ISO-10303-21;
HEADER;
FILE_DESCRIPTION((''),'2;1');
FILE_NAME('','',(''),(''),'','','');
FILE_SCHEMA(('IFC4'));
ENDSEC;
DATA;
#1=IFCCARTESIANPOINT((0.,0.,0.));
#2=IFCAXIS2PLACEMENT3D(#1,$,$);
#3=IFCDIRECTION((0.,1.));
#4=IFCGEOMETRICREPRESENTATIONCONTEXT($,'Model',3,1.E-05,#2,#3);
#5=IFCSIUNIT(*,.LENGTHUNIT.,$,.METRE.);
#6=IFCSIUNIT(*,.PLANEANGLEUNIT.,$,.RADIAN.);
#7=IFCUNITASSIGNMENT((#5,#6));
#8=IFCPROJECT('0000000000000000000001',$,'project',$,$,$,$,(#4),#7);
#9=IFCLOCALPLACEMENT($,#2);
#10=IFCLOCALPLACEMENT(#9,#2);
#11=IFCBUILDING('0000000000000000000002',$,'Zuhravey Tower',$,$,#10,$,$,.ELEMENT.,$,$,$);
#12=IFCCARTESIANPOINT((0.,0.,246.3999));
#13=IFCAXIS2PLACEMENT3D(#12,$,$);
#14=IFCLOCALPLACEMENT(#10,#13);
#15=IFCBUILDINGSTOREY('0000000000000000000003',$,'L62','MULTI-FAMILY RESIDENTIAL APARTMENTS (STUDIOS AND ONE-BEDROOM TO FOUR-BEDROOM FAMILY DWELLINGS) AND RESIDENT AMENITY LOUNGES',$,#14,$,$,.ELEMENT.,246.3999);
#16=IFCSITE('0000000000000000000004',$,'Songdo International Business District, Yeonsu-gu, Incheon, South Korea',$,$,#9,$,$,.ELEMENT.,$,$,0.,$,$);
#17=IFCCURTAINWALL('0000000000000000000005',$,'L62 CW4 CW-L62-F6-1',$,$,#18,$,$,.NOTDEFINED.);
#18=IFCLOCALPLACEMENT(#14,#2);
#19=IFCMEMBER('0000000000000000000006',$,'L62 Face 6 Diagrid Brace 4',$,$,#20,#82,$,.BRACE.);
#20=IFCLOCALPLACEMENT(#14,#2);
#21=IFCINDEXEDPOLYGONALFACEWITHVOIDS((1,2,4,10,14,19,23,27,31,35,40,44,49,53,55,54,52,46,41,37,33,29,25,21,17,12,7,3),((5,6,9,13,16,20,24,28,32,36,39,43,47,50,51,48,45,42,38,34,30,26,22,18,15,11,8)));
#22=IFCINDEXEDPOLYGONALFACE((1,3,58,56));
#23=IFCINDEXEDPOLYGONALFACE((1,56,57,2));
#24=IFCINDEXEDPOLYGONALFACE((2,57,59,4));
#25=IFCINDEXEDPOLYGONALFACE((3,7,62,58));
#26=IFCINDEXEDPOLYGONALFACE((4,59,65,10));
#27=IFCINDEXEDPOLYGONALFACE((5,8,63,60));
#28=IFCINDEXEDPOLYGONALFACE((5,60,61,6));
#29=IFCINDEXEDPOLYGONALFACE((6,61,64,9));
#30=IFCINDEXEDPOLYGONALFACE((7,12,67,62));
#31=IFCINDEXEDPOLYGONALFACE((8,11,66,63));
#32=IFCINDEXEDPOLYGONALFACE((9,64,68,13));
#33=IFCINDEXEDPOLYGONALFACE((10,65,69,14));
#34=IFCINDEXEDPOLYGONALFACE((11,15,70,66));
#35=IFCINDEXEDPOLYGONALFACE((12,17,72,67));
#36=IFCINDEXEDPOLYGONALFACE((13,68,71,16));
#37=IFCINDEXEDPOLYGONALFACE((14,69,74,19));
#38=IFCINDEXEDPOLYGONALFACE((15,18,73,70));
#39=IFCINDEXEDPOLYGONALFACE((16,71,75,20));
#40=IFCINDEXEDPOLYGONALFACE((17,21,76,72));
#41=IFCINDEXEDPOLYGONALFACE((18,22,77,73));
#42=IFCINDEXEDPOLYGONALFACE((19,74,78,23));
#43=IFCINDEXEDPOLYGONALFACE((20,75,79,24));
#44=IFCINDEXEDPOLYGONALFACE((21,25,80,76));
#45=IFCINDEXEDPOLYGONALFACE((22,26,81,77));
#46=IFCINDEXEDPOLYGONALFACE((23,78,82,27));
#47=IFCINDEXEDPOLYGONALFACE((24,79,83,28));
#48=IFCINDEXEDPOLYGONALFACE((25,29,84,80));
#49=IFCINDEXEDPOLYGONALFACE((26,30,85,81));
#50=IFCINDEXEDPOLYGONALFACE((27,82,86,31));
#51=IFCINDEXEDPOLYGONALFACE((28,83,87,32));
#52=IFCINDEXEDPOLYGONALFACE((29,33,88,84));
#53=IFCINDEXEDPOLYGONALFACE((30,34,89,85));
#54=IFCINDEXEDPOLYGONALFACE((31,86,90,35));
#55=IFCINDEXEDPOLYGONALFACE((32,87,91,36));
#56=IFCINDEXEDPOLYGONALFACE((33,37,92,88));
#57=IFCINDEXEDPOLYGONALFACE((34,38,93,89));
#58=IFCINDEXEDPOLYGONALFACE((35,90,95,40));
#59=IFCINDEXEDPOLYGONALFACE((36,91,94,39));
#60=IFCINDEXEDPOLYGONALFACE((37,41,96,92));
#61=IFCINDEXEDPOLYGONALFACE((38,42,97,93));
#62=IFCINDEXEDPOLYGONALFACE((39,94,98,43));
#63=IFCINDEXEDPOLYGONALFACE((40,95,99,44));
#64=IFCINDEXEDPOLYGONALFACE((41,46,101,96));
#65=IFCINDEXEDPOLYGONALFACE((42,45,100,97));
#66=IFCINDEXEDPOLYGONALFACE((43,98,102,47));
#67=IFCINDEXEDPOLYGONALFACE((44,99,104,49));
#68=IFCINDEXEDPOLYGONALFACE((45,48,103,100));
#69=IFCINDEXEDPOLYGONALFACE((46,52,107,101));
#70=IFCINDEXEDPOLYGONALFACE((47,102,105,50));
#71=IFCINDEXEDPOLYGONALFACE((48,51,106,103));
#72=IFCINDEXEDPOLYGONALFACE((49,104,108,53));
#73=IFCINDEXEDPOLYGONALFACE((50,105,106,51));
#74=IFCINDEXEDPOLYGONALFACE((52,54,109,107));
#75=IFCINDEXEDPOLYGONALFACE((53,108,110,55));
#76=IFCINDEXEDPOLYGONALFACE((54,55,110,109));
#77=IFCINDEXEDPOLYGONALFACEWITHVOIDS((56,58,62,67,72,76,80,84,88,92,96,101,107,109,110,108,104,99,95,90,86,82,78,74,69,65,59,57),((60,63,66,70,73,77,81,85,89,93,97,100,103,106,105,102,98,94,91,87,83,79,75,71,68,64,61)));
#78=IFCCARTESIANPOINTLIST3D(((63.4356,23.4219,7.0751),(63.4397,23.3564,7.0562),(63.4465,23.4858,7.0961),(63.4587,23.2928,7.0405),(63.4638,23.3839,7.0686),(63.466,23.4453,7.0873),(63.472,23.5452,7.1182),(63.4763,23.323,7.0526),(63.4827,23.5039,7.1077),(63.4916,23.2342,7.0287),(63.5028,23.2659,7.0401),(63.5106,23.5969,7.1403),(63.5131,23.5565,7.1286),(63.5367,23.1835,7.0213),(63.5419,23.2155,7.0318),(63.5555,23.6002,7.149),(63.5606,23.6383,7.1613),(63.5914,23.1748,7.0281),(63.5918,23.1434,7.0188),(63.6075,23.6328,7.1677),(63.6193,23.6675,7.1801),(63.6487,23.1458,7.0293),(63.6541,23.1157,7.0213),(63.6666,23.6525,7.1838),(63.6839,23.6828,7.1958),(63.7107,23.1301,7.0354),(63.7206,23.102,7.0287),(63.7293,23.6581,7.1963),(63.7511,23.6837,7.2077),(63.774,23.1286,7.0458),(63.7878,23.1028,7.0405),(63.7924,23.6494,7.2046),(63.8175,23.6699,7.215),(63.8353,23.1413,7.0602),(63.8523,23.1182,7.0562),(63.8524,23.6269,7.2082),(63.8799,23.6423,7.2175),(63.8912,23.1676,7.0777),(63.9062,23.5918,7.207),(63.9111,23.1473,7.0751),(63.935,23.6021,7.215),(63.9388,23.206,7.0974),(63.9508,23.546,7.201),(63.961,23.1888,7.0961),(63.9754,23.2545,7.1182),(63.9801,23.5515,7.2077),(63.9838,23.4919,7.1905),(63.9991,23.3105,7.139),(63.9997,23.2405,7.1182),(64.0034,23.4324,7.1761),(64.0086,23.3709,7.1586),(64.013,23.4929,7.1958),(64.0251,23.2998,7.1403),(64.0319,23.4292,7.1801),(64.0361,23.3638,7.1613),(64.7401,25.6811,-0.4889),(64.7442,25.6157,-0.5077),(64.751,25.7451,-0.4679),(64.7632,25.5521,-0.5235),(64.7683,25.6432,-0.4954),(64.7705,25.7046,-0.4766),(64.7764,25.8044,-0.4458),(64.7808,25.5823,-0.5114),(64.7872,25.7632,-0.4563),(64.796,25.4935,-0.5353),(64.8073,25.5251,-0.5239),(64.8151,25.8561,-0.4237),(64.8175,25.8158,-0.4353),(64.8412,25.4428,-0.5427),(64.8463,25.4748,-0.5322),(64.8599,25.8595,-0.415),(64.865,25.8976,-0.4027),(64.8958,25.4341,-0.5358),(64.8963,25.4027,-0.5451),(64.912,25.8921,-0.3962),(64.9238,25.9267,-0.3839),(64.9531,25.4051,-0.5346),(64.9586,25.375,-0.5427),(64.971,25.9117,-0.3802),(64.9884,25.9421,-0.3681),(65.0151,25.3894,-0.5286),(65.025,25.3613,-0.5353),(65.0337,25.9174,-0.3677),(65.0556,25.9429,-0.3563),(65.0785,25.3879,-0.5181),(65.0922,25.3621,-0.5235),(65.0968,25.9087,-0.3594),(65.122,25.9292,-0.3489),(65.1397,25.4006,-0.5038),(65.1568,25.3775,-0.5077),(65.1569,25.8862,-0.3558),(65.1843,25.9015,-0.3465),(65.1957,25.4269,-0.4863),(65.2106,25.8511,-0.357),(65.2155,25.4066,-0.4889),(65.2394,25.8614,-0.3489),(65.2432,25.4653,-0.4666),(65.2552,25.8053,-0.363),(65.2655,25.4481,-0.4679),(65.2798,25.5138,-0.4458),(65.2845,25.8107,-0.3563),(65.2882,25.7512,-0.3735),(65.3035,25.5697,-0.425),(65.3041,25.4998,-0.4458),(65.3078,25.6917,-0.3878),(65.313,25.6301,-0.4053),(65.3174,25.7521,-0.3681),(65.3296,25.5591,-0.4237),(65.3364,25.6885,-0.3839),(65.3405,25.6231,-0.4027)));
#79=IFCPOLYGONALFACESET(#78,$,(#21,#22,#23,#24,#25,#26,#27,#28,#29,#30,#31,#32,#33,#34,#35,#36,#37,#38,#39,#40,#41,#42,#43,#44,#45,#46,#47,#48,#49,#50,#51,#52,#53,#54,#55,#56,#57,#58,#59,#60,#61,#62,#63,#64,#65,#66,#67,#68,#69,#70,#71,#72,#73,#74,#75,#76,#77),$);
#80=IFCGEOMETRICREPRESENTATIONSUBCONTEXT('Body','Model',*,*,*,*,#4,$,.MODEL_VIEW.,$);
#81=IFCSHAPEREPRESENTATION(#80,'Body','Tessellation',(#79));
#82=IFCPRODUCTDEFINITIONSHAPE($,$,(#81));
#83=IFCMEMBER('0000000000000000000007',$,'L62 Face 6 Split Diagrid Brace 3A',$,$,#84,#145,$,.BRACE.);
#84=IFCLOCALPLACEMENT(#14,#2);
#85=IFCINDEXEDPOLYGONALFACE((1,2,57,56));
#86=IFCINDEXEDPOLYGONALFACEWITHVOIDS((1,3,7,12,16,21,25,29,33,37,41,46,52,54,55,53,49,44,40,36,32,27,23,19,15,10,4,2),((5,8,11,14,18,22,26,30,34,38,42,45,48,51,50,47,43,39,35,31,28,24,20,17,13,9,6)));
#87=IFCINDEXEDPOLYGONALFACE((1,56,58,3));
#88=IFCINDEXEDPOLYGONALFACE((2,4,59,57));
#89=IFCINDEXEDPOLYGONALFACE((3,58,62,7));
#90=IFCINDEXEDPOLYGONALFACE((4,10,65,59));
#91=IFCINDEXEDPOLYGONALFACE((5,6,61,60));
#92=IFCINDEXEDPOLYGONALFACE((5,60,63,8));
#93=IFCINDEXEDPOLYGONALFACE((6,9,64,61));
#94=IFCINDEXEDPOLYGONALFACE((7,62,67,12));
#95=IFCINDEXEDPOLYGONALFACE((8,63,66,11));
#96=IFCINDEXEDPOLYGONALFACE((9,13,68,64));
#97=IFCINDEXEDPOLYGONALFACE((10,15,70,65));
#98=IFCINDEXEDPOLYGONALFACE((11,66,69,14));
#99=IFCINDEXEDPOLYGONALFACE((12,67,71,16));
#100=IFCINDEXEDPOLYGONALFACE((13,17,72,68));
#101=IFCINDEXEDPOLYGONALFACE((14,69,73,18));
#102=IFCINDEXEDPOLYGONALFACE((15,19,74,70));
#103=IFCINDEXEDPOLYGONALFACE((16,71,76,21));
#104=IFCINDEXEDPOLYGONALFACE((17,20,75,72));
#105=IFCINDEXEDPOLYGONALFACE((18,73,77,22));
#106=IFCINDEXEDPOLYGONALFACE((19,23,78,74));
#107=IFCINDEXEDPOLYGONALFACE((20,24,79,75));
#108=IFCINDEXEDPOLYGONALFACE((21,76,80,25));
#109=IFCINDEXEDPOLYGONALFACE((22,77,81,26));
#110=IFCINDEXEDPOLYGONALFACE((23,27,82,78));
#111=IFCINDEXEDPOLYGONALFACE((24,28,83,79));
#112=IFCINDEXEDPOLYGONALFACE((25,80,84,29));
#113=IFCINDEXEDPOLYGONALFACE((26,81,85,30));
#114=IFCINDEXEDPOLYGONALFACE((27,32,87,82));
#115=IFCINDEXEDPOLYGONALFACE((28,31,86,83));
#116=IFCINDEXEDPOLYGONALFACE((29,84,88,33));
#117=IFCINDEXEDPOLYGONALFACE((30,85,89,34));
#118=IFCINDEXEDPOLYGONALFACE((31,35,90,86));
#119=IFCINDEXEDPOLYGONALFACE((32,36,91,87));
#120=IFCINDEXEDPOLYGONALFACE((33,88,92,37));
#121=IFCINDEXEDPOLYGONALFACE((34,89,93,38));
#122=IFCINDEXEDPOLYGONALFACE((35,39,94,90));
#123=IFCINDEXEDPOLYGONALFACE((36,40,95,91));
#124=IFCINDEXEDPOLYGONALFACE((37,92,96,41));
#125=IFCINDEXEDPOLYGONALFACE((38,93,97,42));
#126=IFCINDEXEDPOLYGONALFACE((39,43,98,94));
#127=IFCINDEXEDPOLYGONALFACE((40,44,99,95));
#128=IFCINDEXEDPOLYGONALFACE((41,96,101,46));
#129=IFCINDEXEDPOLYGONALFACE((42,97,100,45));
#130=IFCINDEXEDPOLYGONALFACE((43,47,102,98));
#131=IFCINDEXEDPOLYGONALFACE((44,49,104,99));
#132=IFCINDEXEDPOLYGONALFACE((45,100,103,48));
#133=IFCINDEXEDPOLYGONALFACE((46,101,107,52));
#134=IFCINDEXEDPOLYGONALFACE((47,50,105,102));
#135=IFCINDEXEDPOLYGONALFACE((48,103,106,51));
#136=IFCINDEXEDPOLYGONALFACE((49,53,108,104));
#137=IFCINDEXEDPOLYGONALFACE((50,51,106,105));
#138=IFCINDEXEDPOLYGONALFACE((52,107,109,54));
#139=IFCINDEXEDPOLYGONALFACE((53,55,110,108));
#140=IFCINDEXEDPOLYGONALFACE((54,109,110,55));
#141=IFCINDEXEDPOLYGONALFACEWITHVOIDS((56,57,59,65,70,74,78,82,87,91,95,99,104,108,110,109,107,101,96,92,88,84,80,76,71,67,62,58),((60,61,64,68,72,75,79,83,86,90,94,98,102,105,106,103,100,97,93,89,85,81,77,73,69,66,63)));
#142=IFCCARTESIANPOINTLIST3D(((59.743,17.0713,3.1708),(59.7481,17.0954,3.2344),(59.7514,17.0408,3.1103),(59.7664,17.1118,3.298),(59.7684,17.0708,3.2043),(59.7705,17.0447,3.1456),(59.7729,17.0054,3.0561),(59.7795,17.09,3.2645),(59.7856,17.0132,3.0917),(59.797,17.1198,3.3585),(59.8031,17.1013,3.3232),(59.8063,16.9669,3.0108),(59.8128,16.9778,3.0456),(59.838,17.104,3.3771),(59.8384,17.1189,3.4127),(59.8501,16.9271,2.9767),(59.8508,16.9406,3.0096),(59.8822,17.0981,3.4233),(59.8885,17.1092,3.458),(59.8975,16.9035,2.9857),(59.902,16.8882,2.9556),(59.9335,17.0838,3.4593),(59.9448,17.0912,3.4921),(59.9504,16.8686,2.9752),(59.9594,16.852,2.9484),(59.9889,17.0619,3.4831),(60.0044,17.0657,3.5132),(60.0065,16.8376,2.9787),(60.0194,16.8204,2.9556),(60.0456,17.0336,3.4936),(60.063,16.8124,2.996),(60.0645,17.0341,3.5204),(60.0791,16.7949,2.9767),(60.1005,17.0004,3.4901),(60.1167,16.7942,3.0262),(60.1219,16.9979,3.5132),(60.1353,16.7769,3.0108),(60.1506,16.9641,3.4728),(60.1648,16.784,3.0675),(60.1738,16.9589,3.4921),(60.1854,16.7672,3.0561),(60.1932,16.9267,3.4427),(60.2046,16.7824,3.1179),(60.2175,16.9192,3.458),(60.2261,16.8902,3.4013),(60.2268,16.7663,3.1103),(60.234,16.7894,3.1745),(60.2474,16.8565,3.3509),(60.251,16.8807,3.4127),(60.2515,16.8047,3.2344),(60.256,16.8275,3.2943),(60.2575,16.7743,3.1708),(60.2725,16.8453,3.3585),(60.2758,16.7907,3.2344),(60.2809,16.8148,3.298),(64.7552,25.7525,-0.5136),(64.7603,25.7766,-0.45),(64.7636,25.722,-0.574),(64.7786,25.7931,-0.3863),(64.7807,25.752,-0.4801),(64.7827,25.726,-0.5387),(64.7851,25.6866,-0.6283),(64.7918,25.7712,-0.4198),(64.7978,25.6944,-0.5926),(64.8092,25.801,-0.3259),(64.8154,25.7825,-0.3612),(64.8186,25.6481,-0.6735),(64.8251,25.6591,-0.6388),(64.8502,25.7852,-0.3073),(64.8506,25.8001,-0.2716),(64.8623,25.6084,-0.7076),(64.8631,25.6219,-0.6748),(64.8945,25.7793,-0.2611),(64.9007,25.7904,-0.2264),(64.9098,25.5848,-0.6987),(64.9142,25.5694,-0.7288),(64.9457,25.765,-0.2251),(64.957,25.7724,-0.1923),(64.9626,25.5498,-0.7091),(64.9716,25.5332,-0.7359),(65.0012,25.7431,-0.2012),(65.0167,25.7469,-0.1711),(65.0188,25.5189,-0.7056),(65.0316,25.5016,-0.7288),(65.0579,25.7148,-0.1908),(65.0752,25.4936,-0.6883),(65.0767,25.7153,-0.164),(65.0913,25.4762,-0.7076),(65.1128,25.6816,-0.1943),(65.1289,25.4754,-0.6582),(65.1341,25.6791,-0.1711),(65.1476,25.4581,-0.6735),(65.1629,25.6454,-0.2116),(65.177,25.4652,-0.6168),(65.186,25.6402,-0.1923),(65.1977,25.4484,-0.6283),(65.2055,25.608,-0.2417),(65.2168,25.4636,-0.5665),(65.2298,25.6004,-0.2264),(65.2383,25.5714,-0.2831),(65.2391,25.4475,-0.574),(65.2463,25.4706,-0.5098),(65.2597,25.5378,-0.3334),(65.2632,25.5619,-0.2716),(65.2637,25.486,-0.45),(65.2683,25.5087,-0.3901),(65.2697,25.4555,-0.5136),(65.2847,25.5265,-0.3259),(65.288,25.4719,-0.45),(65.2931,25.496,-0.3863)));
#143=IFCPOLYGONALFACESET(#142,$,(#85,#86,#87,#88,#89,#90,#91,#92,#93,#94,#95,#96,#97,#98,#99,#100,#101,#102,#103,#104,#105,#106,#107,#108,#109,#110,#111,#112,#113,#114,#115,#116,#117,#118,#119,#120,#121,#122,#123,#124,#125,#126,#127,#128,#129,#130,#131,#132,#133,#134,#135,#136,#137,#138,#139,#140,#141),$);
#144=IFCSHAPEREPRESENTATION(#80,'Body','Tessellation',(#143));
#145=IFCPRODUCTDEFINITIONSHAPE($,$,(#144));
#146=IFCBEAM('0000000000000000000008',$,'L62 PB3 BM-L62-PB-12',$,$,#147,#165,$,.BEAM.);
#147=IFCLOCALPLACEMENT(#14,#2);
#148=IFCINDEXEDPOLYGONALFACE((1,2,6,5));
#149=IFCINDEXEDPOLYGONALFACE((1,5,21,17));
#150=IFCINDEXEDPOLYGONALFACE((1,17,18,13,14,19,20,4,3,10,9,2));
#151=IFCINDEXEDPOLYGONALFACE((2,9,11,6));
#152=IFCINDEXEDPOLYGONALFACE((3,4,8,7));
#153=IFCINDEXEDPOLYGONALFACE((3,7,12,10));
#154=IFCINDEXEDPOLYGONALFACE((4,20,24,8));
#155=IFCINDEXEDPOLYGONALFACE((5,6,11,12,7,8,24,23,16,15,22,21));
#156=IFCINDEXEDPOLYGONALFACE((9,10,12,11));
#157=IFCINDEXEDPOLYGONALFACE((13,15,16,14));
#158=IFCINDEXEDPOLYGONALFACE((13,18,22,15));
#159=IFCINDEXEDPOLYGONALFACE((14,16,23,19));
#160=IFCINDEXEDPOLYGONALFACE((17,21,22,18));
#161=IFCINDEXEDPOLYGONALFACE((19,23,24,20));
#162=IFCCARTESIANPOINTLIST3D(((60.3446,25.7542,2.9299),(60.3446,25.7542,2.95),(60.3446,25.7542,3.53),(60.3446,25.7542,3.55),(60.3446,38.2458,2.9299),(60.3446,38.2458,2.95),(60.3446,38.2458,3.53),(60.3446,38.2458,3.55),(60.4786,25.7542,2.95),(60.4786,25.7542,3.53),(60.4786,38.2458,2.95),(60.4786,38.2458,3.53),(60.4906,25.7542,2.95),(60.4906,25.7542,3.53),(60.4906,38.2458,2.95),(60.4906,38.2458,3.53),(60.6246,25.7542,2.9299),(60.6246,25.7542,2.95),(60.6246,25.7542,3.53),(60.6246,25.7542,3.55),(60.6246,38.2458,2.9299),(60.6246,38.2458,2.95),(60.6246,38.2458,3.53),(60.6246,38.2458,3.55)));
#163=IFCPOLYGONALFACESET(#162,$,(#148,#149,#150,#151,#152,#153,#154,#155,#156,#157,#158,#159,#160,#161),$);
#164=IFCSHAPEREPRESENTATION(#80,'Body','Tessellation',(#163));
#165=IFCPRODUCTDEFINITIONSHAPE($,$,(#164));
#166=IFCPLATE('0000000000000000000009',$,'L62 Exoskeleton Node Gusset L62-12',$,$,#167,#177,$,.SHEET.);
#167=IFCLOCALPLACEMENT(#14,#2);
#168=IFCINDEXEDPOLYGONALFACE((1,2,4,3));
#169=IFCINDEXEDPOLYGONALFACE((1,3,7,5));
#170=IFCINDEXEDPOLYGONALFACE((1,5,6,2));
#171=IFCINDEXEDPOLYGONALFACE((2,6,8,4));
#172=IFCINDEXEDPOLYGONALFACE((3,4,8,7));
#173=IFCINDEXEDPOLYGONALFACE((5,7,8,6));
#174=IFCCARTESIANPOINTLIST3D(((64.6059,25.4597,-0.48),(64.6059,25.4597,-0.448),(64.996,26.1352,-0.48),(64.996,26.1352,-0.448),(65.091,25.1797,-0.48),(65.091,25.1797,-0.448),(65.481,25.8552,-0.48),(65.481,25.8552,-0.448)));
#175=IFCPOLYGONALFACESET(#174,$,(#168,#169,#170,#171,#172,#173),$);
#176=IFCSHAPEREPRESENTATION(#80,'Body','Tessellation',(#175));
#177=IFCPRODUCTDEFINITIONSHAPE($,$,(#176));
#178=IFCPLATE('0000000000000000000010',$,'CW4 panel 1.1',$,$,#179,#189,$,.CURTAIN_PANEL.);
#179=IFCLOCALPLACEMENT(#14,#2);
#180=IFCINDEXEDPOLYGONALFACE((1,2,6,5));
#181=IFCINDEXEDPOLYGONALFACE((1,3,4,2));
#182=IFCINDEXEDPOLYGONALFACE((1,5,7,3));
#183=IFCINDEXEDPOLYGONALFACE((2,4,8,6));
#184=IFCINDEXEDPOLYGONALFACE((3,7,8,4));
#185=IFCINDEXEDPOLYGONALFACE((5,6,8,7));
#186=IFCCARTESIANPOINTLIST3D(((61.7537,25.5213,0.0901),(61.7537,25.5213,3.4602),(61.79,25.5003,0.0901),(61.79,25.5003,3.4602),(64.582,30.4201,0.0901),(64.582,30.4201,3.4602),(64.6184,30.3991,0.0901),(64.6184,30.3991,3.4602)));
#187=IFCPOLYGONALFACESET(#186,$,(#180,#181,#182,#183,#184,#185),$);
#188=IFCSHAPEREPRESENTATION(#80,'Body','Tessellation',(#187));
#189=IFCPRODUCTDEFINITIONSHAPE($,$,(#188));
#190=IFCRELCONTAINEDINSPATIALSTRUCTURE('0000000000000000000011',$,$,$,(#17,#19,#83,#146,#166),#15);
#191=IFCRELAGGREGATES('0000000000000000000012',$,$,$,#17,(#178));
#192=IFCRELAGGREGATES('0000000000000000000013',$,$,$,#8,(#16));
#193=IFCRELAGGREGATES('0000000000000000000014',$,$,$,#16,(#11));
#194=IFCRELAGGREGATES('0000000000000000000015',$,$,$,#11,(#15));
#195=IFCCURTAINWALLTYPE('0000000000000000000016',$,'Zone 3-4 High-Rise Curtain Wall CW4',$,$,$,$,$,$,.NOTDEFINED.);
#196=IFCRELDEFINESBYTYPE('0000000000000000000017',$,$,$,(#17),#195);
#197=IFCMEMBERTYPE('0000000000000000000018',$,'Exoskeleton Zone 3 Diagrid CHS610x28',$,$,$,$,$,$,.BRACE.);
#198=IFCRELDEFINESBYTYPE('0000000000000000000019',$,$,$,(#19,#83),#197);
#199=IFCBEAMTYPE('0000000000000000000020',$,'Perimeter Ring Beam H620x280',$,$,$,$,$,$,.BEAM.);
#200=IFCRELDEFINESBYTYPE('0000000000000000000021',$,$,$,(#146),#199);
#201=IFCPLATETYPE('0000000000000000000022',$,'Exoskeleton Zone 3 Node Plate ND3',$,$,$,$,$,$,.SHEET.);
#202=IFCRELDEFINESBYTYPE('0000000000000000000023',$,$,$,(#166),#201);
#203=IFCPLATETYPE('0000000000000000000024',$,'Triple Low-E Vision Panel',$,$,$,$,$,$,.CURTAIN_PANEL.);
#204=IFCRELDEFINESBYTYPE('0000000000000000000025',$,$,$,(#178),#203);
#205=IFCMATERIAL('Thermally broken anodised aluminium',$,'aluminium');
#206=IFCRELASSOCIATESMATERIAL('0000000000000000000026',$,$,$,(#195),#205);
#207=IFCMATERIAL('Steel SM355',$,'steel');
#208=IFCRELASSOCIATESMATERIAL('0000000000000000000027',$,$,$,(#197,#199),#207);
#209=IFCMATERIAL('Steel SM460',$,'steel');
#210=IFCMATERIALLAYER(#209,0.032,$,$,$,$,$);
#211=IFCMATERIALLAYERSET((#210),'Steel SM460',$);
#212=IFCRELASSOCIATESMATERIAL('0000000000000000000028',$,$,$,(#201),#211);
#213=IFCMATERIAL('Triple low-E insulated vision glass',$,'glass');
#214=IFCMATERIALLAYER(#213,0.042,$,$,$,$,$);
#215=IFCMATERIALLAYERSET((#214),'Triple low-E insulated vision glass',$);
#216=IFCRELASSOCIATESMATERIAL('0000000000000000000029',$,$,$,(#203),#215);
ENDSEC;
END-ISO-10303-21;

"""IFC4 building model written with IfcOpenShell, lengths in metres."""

from ifc_helpers import new_model, si_unit, direction, frame, origin, origin_2d, place, context, subcontext, project, spatial, rectangle, hollow_circle, i_section, extrude, material, layer, layer_set, material_profile, profile_set, type_object, element, aggregate, save


model = new_model("IFC4")

# Units and contexts
model_context = context("Model", 3, precision=1e-05, world=origin(), true_north=direction((0.0, 1.0)))
body_context = subcontext(model_context, "Body", "Model", "MODEL_VIEW")
ifc_project = project(units=[si_unit("LENGTHUNIT", "METRE"), si_unit("PLANEANGLEUNIT", "RADIAN")], contexts=[model_context])

# Site, building, storey
site_placement = place(None, origin())
site = spatial("IfcSite", under=ifc_project, at=site_placement, Name="Songdo International Business District, Yeonsu-gu, Incheon, South Korea", CompositionType="ELEMENT", RefElevation=0.0)
building_placement = place(site_placement, origin())
building = spatial("IfcBuilding", under=site, at=building_placement, Name="Zuhravey Tower", CompositionType="ELEMENT")
storey_placement = place(building_placement, frame((0.0, 0.0, 246.3999)))
storey = spatial("IfcBuildingStorey", under=building, at=storey_placement, Name="L62", Description="MULTI-FAMILY RESIDENTIAL APARTMENTS (STUDIOS AND ONE-BEDROOM TO FOUR-BEDROOM FAMILY DWELLINGS) AND RESIDENT AMENITY LOUNGES", CompositionType="ELEMENT", Elevation=246.3999)

# Curtain wall
ifc_material_1 = material(Name="Thermally broken anodised aluminium", Category="aluminium")
curtain_wall_type = type_object("IfcCurtainWallType", Name="Zone 3-4 High-Rise Curtain Wall CW4", PredefinedType="NOTDEFINED", material=ifc_material_1)
curtain_wall_placement = place(storey_placement, origin())
curtain_wall = element("IfcCurtainWall", 1, at=curtain_wall_placement, inside=storey, type_object=curtain_wall_type, Name="L62 CW4 CW-L62-F6-1", PredefinedType="NOTDEFINED")

# Members
ifc_material_2 = material(Name="Steel SM355", Category="steel")
ifc_material_profile_1 = material_profile(ifc_material_2, hollow_circle(Radius=0.3047, WallThickness=0.0281, at=origin_2d()), Name="CHS-609.6x28")
ifc_profile_set_1 = profile_set([ifc_material_profile_1], Name="Steel SM355")
member_type_1 = type_object("IfcMemberType", Name="Exoskeleton Zone 3 Diagrid CHS610x28", PredefinedType="BRACE", material=ifc_profile_set_1)
member_1_placement = place(storey_placement, frame((65.0403, 25.6521, -0.4458), z_axis=(-0.163031, -0.282367, 0.945352), x_axis=(0.866017, -0.500014, 0.0)))
element("IfcMember", 2, at=member_1_placement, inside=storey, type_object=member_type_1, Name="L62 Face 6 Diagrid Brace 4", PredefinedType="BRACE", context=body_context, shape_type="SweptSolid", body=[
    extrude(hollow_circle(Radius=0.3047, WallThickness=0.0281, at=origin_2d()), origin(), (0.0, 0.0, 1.0), 8.0012),
])
member_2_placement = place(storey_placement, frame((65.0242, 25.6243, -0.45), z_axis=(-0.469315, -0.812855, 0.34498), x_axis=(0.866019, -0.500011, 0.0)))
element("IfcMember", 3, at=member_2_placement, inside=storey, type_object=member_type_1, Name="L62 Face 6 Split Diagrid Brace 3A", PredefinedType="BRACE", context=body_context, shape_type="SweptSolid", body=[
    extrude(hollow_circle(Radius=0.3047, WallThickness=0.0281, at=origin_2d()), origin(), (0.0, 0.0, 1.0), 10.6799),
])

# Beam
ifc_material_profile_2 = material_profile(ifc_material_2, i_section(OverallWidth=0.28, OverallDepth=0.6201, WebThickness=0.012, FlangeThickness=0.02, at=origin_2d()), Name="H-620x280x12x20")
ifc_profile_set_2 = profile_set([ifc_material_profile_2], Name="Steel SM355")
beam_type = type_object("IfcBeamType", Name="Perimeter Ring Beam H620x280", PredefinedType="BEAM", material=ifc_profile_set_2)
beam_placement = place(storey_placement, frame((60.4846, 25.7542, 3.24), z_axis=(0.0, 1.0, 0.0), x_axis=(-1.0, 0.0, 0.0)))
element("IfcBeam", 4, at=beam_placement, inside=storey, type_object=beam_type, Name="L62 PB3 BM-L62-PB-12", PredefinedType="BEAM", context=body_context, shape_type="SweptSolid", body=[
    extrude(i_section(OverallWidth=0.28, OverallDepth=0.6201, WebThickness=0.012, FlangeThickness=0.02, at=origin_2d()), origin(), (0.0, 0.0, 1.0), 12.4917),
])

# Plates
ifc_material_3 = material(Name="Steel SM460", Category="steel")
ifc_layer_1 = layer(ifc_material_3, 0.032)
ifc_layer_set_1 = layer_set([ifc_layer_1], Name="Steel SM460")
plate_type_1 = type_object("IfcPlateType", Name="Exoskeleton Zone 3 Node Plate ND3", PredefinedType="SHEET", material=ifc_layer_set_1)
plate_1_placement = place(storey_placement, frame((65.0435, 25.6575, -0.48), z_axis=(0.0, 0.0, 1.0), x_axis=(0.5, 0.866025, 0.0)))
element("IfcPlate", 5, at=plate_1_placement, inside=storey, type_object=plate_type_1, Name="L62 Exoskeleton Node Gusset L62-12", PredefinedType="SHEET", context=body_context, shape_type="SweptSolid", body=[
    extrude(rectangle(XDim=0.78, YDim=0.5601, at=origin_2d()), origin(), (0.0, 0.0, 1.0), 0.032),
])
ifc_material_4 = material(Name="Triple low-E insulated vision glass", Category="glass")
ifc_layer_2 = layer(ifc_material_4, 0.042)
ifc_layer_set_2 = layer_set([ifc_layer_2], Name="Triple low-E insulated vision glass")
plate_type_2 = type_object("IfcPlateType", Name="Triple Low-E Vision Panel", PredefinedType="CURTAIN_PANEL", material=ifc_layer_set_2)
plate_2_placement = place(storey_placement, frame((63.186, 27.9602, 0.0901), z_axis=(0.0, 0.0, 1.0), x_axis=(-0.499999, -0.866026, 0.0)))
plate_2 = element("IfcPlate", 6, at=plate_2_placement, type_object=plate_type_2, Name="CW4 panel 1.1", PredefinedType="CURTAIN_PANEL", context=body_context, shape_type="SweptSolid", body=[
    extrude(rectangle(XDim=5.6567, YDim=0.042, at=origin_2d()), origin(), (0.0, 0.0, 1.0), 3.3701),
])
aggregate(curtain_wall, [plate_2])

save(model, "model.ifc")
